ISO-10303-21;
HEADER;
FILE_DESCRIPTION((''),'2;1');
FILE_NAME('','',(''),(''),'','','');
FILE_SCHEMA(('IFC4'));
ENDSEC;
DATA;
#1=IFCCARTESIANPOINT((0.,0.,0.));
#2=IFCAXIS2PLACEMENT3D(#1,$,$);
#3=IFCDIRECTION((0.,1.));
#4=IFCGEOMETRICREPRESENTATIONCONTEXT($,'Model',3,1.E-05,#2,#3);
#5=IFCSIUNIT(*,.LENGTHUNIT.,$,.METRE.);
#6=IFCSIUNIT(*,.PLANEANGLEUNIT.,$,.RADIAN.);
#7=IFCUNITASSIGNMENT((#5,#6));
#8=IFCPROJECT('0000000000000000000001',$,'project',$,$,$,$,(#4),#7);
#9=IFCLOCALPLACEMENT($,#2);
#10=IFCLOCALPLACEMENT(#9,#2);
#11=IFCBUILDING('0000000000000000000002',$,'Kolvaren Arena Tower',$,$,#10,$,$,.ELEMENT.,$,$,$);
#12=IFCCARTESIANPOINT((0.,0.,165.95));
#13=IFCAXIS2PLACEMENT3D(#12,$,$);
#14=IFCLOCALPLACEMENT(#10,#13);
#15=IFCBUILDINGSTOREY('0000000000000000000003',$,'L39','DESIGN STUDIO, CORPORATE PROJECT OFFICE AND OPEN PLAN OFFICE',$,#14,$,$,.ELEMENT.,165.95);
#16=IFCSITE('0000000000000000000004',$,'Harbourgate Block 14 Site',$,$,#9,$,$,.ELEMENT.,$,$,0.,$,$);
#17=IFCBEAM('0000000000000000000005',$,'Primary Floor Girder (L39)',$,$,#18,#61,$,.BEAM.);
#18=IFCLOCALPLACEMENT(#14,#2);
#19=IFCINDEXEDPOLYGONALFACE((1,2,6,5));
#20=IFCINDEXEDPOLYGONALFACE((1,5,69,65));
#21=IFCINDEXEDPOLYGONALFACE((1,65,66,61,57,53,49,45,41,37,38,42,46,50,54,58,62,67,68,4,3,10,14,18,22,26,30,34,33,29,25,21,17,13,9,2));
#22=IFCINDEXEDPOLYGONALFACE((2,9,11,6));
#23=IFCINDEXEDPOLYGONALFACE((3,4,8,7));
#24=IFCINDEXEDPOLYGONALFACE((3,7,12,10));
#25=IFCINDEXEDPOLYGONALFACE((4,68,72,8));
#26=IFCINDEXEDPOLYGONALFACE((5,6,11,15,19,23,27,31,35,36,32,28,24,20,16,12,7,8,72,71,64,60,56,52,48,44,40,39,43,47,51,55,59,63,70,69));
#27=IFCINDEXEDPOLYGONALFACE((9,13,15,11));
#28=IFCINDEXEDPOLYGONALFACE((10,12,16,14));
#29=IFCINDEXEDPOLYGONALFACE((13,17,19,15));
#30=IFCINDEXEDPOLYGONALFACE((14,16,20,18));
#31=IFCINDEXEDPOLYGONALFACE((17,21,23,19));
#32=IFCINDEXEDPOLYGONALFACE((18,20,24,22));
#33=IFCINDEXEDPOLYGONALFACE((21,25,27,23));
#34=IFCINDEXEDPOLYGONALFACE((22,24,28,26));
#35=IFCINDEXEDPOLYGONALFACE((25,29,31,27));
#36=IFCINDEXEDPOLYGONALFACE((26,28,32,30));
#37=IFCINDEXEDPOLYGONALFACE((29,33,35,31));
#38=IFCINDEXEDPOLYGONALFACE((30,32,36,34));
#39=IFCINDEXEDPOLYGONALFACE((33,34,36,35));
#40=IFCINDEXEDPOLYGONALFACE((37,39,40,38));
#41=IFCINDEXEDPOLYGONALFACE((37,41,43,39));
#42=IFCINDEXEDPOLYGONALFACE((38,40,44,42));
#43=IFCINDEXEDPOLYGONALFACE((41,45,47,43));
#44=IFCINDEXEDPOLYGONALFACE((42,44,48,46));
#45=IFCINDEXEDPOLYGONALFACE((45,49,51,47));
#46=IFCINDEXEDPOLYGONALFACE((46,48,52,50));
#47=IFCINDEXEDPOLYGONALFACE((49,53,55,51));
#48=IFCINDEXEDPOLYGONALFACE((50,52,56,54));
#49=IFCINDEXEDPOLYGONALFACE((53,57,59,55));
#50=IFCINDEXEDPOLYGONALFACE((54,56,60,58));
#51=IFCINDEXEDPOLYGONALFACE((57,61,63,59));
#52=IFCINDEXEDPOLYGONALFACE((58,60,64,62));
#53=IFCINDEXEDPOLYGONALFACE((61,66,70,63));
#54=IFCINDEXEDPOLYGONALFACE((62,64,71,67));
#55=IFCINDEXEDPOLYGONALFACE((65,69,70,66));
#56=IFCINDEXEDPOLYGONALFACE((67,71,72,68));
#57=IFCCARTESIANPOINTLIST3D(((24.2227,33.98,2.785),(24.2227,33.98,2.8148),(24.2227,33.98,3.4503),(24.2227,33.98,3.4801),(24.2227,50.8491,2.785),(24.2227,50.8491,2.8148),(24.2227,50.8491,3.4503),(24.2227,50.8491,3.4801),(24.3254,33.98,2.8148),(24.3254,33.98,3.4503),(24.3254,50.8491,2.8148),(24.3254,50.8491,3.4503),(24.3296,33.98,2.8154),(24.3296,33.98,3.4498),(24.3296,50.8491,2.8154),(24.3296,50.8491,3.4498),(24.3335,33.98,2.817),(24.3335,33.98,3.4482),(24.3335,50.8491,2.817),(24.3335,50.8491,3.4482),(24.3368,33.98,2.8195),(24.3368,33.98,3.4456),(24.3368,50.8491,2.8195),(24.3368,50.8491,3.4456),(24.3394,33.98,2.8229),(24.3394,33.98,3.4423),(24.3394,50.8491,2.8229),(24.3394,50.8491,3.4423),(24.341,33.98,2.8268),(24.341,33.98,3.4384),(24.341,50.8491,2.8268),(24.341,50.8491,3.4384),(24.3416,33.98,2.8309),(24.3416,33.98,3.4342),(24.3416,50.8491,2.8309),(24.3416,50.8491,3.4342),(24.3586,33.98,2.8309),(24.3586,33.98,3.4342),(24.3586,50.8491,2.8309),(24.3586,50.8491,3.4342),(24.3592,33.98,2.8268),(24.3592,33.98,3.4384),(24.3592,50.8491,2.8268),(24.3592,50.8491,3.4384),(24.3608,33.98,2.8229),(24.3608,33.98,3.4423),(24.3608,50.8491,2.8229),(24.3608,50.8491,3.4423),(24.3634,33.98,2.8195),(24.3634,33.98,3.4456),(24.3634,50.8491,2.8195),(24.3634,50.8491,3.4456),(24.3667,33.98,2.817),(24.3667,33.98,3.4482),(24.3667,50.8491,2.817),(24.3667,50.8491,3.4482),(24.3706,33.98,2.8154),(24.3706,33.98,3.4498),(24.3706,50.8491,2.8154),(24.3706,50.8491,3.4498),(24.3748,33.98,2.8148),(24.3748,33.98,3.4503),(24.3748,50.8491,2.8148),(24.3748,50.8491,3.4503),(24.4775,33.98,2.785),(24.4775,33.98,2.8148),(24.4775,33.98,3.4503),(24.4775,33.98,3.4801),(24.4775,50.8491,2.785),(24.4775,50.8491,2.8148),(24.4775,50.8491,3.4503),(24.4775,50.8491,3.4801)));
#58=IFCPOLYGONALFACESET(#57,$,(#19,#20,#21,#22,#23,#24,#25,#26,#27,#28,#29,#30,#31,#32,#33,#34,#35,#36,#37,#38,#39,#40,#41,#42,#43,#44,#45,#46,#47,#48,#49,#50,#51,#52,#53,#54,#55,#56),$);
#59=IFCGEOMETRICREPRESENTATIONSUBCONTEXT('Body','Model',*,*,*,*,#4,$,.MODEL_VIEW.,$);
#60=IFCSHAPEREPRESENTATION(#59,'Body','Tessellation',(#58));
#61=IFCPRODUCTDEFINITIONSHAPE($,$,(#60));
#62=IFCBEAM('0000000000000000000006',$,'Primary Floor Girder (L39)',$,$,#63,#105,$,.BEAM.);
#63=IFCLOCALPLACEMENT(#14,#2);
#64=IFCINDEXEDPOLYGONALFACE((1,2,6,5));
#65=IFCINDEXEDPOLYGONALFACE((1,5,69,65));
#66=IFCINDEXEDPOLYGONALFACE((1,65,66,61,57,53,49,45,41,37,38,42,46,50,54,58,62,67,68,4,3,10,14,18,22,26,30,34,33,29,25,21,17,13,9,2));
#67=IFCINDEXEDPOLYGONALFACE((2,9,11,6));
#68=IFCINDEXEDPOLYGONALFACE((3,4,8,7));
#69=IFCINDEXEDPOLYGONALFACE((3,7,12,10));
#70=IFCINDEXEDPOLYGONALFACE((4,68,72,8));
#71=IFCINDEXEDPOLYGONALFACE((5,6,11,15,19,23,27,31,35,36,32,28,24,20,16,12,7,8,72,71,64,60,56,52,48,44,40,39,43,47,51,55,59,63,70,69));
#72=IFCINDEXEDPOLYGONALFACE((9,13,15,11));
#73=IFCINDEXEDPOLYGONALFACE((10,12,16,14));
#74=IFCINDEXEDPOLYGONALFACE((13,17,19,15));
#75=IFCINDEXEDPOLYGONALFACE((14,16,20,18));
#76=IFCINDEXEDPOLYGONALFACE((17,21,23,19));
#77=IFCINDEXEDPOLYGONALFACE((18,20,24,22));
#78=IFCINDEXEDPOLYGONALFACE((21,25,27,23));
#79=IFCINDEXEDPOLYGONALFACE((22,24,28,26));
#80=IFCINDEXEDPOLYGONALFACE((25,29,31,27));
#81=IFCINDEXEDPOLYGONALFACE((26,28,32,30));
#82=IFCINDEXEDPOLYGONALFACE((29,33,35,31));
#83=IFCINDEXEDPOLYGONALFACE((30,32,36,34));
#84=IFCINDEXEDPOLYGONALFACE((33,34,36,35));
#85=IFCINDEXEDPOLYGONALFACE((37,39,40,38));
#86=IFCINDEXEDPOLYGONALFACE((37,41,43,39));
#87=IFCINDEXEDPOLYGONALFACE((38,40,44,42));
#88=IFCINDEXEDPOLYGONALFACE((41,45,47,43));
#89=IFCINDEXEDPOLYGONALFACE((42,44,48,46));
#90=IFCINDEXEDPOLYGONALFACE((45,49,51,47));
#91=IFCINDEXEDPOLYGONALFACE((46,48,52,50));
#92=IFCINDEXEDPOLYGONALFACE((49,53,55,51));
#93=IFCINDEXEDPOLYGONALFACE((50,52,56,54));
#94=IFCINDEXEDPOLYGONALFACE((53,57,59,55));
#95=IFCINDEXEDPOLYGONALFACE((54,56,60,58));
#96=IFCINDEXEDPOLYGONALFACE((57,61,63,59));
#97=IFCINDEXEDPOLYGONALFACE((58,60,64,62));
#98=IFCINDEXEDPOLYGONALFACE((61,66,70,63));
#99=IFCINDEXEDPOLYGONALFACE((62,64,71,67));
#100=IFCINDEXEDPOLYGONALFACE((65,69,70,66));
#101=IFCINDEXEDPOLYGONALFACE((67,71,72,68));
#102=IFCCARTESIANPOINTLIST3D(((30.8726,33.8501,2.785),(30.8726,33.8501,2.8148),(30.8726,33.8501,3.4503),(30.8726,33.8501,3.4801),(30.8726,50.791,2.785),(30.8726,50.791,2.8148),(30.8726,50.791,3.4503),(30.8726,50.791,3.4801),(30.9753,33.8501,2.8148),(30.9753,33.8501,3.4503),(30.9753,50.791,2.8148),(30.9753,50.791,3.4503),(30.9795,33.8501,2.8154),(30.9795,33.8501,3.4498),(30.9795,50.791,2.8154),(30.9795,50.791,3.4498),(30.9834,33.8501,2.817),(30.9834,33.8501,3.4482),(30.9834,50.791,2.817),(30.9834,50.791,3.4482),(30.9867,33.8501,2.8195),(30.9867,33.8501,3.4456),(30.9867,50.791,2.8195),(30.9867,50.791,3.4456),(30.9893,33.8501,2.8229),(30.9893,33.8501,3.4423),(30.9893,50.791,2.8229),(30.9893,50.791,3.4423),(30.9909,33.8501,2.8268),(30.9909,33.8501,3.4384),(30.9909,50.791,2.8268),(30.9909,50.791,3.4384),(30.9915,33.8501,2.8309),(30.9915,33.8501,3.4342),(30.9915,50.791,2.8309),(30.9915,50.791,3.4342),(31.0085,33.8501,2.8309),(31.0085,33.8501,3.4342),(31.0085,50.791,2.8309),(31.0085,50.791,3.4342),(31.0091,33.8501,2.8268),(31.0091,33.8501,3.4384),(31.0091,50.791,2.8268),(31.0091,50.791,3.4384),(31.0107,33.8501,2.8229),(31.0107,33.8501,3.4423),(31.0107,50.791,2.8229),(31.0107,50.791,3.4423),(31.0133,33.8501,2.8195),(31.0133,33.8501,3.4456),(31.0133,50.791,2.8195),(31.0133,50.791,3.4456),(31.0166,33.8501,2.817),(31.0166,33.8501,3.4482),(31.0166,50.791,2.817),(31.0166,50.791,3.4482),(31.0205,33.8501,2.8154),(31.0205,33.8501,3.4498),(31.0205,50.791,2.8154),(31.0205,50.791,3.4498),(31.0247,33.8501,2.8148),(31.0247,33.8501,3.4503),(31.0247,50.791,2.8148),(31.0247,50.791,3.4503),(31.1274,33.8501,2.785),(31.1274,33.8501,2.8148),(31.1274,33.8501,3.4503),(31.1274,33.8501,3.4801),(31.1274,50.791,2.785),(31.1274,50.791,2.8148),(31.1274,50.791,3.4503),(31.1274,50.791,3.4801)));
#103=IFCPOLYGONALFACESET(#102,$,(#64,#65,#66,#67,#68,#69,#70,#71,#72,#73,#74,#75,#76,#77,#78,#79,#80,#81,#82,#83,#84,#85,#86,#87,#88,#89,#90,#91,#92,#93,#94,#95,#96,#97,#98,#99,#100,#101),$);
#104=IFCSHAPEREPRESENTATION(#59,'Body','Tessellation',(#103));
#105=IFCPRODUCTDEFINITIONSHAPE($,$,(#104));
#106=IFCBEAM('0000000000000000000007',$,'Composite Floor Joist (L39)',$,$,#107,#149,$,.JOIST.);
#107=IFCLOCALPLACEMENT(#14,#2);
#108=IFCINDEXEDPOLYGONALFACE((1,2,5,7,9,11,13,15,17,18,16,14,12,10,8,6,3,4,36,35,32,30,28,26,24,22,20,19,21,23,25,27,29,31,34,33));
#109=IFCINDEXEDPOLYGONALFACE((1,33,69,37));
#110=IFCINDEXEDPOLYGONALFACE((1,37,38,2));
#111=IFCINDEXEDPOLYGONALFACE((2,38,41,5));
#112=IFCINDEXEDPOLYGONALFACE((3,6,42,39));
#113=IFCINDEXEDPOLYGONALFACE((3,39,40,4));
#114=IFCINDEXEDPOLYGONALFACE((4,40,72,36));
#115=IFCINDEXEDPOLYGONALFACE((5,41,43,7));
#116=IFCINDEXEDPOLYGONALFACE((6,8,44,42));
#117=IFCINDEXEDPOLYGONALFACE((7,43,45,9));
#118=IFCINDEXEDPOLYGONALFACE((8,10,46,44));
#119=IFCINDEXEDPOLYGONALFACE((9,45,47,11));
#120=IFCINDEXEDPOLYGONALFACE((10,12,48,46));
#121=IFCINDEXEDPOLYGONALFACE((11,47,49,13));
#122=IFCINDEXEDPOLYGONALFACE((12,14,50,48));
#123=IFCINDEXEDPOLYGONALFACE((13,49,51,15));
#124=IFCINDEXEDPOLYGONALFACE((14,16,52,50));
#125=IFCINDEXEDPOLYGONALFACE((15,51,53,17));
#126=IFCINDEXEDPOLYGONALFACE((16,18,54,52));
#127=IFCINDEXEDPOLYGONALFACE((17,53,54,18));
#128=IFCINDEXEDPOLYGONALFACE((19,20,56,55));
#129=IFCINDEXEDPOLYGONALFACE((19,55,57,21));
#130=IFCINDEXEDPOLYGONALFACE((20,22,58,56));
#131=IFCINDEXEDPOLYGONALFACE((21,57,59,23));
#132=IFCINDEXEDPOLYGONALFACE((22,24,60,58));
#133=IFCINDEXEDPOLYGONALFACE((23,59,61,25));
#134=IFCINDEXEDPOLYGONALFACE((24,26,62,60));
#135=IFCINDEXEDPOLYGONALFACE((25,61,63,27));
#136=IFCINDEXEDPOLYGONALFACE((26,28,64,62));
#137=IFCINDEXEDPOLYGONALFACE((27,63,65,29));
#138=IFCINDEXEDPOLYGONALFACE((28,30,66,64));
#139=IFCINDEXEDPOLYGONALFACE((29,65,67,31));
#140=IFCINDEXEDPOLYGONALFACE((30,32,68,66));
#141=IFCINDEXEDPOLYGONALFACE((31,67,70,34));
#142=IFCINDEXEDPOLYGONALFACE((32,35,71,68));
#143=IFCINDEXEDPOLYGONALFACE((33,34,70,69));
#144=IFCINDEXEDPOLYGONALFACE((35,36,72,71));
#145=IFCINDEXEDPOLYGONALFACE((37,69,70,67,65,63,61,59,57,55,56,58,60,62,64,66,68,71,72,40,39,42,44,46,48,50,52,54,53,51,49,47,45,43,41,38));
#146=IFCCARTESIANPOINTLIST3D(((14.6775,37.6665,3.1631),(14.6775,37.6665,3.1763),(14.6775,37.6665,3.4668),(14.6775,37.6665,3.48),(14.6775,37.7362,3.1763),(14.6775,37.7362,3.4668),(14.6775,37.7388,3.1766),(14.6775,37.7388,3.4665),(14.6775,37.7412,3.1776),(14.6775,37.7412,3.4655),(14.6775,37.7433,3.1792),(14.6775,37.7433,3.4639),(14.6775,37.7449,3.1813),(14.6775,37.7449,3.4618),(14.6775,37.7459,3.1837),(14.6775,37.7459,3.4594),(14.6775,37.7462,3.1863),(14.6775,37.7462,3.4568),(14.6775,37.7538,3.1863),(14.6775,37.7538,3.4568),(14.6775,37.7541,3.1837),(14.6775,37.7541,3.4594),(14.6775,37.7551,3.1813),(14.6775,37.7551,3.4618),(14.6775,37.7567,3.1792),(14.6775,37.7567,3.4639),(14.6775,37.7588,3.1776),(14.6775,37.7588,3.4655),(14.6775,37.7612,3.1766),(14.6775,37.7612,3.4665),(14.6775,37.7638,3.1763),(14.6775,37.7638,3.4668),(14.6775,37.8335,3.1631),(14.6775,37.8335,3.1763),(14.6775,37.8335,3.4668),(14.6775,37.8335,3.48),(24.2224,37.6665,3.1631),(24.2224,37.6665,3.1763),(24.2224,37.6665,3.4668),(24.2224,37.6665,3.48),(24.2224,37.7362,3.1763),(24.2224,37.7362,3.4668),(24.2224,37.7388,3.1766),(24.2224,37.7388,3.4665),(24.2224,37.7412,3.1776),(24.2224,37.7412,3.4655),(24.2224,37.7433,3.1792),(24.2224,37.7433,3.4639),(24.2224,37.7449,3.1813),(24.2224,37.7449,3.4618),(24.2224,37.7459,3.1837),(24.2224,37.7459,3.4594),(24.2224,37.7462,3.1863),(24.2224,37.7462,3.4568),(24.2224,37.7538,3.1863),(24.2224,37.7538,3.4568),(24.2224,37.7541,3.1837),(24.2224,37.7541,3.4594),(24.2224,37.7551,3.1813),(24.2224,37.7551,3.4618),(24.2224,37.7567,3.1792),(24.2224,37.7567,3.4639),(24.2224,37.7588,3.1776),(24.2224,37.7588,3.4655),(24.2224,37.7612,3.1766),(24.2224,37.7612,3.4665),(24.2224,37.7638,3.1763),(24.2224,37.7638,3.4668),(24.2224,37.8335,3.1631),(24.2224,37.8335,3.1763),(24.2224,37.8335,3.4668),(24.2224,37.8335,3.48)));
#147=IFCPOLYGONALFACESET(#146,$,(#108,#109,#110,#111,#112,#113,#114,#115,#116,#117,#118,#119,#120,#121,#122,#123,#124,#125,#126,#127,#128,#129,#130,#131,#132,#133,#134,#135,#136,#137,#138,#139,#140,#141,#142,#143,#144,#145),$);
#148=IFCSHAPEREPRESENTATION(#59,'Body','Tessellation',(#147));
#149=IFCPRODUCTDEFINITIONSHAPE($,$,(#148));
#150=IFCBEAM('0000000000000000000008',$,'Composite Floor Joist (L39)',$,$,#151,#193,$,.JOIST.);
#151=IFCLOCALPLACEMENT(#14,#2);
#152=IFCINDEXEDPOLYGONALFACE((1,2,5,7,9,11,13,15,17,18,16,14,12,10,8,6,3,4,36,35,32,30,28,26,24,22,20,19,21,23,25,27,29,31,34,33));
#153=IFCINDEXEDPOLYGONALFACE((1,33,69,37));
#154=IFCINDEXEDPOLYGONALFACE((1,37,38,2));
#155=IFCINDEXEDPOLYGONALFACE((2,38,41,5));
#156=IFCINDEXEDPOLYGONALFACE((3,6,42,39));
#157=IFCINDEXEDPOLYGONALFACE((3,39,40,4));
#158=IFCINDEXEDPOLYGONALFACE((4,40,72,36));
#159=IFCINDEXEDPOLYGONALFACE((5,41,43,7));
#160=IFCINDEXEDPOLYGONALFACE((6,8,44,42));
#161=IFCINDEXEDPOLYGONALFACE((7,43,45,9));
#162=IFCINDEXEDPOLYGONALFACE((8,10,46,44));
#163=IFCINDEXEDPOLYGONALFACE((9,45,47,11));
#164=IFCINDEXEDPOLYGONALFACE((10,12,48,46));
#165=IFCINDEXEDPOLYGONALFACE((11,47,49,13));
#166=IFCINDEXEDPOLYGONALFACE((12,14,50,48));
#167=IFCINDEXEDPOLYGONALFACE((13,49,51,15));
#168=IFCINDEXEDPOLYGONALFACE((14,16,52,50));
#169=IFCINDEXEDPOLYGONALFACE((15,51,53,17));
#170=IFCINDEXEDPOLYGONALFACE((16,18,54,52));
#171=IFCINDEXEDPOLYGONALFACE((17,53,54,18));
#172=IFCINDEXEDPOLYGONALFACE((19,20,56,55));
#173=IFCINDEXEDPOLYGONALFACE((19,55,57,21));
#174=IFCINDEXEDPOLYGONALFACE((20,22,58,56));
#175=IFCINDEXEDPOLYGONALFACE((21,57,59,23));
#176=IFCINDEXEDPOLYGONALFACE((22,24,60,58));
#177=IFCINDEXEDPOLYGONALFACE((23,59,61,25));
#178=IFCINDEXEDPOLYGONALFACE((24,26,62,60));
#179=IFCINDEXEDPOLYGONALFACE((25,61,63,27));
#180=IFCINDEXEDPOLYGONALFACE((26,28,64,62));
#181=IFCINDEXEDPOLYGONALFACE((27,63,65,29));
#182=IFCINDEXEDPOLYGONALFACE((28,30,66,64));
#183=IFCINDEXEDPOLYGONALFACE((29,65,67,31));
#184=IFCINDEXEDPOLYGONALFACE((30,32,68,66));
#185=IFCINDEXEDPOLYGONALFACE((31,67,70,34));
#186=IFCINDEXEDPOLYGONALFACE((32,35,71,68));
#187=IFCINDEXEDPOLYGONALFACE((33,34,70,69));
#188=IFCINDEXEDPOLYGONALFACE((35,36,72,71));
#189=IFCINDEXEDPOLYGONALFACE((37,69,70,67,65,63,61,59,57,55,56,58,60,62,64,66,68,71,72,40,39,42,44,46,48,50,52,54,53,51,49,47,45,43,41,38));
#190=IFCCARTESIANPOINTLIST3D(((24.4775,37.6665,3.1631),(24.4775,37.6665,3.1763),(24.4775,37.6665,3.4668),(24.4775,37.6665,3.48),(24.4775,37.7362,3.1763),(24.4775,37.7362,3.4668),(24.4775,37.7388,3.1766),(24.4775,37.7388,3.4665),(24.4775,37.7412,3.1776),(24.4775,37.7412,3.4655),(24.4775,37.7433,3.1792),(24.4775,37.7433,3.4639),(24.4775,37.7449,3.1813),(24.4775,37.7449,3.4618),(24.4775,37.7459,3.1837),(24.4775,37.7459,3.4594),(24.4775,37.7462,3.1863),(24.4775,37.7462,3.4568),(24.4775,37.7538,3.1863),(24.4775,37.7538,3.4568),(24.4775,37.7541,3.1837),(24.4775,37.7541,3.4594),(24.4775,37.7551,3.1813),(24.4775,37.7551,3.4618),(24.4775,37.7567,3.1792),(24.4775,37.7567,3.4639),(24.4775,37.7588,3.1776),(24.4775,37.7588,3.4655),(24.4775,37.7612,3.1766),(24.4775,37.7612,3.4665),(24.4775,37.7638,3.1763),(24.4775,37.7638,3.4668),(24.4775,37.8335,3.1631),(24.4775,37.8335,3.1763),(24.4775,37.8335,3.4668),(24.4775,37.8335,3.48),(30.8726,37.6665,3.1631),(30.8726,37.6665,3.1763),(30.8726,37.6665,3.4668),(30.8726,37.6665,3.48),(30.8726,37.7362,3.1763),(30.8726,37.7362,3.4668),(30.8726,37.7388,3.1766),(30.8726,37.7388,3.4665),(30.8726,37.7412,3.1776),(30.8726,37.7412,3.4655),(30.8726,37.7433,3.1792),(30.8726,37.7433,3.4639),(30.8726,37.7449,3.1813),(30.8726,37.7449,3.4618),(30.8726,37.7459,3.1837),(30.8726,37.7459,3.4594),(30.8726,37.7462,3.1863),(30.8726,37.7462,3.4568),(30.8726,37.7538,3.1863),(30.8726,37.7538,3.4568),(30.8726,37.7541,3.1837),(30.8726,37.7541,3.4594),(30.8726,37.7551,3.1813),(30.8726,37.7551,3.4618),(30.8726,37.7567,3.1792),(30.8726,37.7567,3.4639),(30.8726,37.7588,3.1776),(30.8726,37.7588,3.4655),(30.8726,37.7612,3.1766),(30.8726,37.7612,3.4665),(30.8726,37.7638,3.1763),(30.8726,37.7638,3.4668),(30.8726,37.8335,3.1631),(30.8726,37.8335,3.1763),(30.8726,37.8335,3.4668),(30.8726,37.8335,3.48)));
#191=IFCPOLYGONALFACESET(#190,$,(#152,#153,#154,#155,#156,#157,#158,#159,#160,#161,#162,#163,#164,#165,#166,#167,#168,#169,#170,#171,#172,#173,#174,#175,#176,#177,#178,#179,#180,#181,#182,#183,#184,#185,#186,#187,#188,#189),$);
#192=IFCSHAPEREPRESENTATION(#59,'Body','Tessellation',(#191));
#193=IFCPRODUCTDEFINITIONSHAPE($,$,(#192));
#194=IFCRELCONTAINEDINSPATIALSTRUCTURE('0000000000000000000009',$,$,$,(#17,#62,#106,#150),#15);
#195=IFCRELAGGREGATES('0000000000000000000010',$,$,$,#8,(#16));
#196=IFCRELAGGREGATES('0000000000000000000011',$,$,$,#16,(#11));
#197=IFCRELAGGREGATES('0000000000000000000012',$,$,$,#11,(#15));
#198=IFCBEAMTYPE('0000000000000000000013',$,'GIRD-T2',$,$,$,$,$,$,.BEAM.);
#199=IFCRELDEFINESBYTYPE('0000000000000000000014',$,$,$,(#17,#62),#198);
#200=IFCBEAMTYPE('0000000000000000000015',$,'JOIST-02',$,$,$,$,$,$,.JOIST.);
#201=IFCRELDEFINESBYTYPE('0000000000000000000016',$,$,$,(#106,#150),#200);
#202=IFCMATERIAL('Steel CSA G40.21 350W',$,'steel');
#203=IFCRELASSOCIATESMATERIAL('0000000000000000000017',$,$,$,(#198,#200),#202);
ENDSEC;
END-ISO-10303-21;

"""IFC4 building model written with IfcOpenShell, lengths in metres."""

from ifc_helpers import new_model, si_unit, direction, frame, origin, origin_2d, place, context, subcontext, project, spatial, i_section, extrude, material, material_profile, profile_set, type_object, element, save


model = new_model("IFC4")

# Units and contexts
model_context = context("Model", 3, precision=1e-05, world=origin(), true_north=direction((0.0, 1.0)))
body_context = subcontext(model_context, "Body", "Model", "MODEL_VIEW")
ifc_project = project(units=[si_unit("LENGTHUNIT", "METRE"), si_unit("PLANEANGLEUNIT", "RADIAN")], contexts=[model_context])

# Site, building, storey
site_placement = place(None, origin())
site = spatial("IfcSite", under=ifc_project, at=site_placement, Name="Harbourgate Block 14 Site", CompositionType="ELEMENT", RefElevation=0.0)
building_placement = place(site_placement, origin())
building = spatial("IfcBuilding", under=site, at=building_placement, Name="Kolvaren Arena Tower", CompositionType="ELEMENT")
storey_placement = place(building_placement, frame((0.0, 0.0, 165.95)))
storey = spatial("IfcBuildingStorey", under=building, at=storey_placement, Name="L39", Description="DESIGN STUDIO, CORPORATE PROJECT OFFICE AND OPEN PLAN OFFICE", CompositionType="ELEMENT", Elevation=165.95)

# Beams
ifc_material_1 = material(Name="Steel CSA G40.21 350W", Category="steel")
ifc_material_profile_1 = material_profile(ifc_material_1, i_section(OverallWidth=0.2549, OverallDepth=0.6951, WebThickness=0.0171, FlangeThickness=0.0298, FilletRadius=0.0161, at=origin_2d()), Name="W690x217")
ifc_profile_set_1 = profile_set([ifc_material_profile_1], Name="Steel CSA G40.21 350W")
beam_type_1 = type_object("IfcBeamType", Name="GIRD-T2", PredefinedType="BEAM", material=ifc_profile_set_1)
beam_1_placement = place(storey_placement, frame((24.3501, 33.98, 3.1326), z_axis=(0.0, 1.0, 0.0), x_axis=(-1.0, 0.0, 0.0)))
element("IfcBeam", 1, at=beam_1_placement, inside=storey, type_object=beam_type_1, Name="Primary Floor Girder (L39)", PredefinedType="BEAM", context=body_context, shape_type="SweptSolid", body=[
    extrude(i_section(OverallWidth=0.2549, OverallDepth=0.6951, WebThickness=0.0171, FlangeThickness=0.0298, FilletRadius=0.0161, at=origin_2d()), origin(), (0.0, 0.0, 1.0), 16.8691),
])
beam_2_placement = place(storey_placement, frame((31.0, 33.8501, 3.1326), z_axis=(0.0, 1.0, 0.0), x_axis=(-1.0, 0.0, 0.0)))
element("IfcBeam", 2, at=beam_2_placement, inside=storey, type_object=beam_type_1, Name="Primary Floor Girder (L39)", PredefinedType="BEAM", context=body_context, shape_type="SweptSolid", body=[
    extrude(i_section(OverallWidth=0.2549, OverallDepth=0.6951, WebThickness=0.0171, FlangeThickness=0.0298, FilletRadius=0.0161, at=origin_2d()), origin(), (0.0, 0.0, 1.0), 16.9409),
])
ifc_material_profile_2 = material_profile(ifc_material_1, i_section(OverallWidth=0.167, OverallDepth=0.3169, WebThickness=0.0076, FlangeThickness=0.0132, FilletRadius=0.01, at=origin_2d()), Name="W310x52")
ifc_profile_set_2 = profile_set([ifc_material_profile_2], Name="Steel CSA G40.21 350W")
beam_type_2 = type_object("IfcBeamType", Name="JOIST-02", PredefinedType="JOIST", material=ifc_profile_set_2)
beam_3_placement = place(storey_placement, frame((14.6775, 37.75, 3.3215), z_axis=(1.0, 0.0, 0.0), x_axis=(0.0, 1.0, 0.0)))
element("IfcBeam", 3, at=beam_3_placement, inside=storey, type_object=beam_type_2, Name="Composite Floor Joist (L39)", PredefinedType="JOIST", context=body_context, shape_type="SweptSolid", body=[
    extrude(i_section(OverallWidth=0.167, OverallDepth=0.3169, WebThickness=0.0076, FlangeThickness=0.0132, FilletRadius=0.01, at=origin_2d()), origin(), (0.0, 0.0, 1.0), 9.5449),
])
beam_4_placement = place(storey_placement, frame((24.4775, 37.75, 3.3215), z_axis=(1.0, 0.0, 0.0), x_axis=(0.0, 1.0, 0.0)))
element("IfcBeam", 4, at=beam_4_placement, inside=storey, type_object=beam_type_2, Name="Composite Floor Joist (L39)", PredefinedType="JOIST", context=body_context, shape_type="SweptSolid", body=[
    extrude(i_section(OverallWidth=0.167, OverallDepth=0.3169, WebThickness=0.0076, FlangeThickness=0.0132, FilletRadius=0.01, at=origin_2d()), origin(), (0.0, 0.0, 1.0), 6.395),
])

save(model, "model.ifc")
